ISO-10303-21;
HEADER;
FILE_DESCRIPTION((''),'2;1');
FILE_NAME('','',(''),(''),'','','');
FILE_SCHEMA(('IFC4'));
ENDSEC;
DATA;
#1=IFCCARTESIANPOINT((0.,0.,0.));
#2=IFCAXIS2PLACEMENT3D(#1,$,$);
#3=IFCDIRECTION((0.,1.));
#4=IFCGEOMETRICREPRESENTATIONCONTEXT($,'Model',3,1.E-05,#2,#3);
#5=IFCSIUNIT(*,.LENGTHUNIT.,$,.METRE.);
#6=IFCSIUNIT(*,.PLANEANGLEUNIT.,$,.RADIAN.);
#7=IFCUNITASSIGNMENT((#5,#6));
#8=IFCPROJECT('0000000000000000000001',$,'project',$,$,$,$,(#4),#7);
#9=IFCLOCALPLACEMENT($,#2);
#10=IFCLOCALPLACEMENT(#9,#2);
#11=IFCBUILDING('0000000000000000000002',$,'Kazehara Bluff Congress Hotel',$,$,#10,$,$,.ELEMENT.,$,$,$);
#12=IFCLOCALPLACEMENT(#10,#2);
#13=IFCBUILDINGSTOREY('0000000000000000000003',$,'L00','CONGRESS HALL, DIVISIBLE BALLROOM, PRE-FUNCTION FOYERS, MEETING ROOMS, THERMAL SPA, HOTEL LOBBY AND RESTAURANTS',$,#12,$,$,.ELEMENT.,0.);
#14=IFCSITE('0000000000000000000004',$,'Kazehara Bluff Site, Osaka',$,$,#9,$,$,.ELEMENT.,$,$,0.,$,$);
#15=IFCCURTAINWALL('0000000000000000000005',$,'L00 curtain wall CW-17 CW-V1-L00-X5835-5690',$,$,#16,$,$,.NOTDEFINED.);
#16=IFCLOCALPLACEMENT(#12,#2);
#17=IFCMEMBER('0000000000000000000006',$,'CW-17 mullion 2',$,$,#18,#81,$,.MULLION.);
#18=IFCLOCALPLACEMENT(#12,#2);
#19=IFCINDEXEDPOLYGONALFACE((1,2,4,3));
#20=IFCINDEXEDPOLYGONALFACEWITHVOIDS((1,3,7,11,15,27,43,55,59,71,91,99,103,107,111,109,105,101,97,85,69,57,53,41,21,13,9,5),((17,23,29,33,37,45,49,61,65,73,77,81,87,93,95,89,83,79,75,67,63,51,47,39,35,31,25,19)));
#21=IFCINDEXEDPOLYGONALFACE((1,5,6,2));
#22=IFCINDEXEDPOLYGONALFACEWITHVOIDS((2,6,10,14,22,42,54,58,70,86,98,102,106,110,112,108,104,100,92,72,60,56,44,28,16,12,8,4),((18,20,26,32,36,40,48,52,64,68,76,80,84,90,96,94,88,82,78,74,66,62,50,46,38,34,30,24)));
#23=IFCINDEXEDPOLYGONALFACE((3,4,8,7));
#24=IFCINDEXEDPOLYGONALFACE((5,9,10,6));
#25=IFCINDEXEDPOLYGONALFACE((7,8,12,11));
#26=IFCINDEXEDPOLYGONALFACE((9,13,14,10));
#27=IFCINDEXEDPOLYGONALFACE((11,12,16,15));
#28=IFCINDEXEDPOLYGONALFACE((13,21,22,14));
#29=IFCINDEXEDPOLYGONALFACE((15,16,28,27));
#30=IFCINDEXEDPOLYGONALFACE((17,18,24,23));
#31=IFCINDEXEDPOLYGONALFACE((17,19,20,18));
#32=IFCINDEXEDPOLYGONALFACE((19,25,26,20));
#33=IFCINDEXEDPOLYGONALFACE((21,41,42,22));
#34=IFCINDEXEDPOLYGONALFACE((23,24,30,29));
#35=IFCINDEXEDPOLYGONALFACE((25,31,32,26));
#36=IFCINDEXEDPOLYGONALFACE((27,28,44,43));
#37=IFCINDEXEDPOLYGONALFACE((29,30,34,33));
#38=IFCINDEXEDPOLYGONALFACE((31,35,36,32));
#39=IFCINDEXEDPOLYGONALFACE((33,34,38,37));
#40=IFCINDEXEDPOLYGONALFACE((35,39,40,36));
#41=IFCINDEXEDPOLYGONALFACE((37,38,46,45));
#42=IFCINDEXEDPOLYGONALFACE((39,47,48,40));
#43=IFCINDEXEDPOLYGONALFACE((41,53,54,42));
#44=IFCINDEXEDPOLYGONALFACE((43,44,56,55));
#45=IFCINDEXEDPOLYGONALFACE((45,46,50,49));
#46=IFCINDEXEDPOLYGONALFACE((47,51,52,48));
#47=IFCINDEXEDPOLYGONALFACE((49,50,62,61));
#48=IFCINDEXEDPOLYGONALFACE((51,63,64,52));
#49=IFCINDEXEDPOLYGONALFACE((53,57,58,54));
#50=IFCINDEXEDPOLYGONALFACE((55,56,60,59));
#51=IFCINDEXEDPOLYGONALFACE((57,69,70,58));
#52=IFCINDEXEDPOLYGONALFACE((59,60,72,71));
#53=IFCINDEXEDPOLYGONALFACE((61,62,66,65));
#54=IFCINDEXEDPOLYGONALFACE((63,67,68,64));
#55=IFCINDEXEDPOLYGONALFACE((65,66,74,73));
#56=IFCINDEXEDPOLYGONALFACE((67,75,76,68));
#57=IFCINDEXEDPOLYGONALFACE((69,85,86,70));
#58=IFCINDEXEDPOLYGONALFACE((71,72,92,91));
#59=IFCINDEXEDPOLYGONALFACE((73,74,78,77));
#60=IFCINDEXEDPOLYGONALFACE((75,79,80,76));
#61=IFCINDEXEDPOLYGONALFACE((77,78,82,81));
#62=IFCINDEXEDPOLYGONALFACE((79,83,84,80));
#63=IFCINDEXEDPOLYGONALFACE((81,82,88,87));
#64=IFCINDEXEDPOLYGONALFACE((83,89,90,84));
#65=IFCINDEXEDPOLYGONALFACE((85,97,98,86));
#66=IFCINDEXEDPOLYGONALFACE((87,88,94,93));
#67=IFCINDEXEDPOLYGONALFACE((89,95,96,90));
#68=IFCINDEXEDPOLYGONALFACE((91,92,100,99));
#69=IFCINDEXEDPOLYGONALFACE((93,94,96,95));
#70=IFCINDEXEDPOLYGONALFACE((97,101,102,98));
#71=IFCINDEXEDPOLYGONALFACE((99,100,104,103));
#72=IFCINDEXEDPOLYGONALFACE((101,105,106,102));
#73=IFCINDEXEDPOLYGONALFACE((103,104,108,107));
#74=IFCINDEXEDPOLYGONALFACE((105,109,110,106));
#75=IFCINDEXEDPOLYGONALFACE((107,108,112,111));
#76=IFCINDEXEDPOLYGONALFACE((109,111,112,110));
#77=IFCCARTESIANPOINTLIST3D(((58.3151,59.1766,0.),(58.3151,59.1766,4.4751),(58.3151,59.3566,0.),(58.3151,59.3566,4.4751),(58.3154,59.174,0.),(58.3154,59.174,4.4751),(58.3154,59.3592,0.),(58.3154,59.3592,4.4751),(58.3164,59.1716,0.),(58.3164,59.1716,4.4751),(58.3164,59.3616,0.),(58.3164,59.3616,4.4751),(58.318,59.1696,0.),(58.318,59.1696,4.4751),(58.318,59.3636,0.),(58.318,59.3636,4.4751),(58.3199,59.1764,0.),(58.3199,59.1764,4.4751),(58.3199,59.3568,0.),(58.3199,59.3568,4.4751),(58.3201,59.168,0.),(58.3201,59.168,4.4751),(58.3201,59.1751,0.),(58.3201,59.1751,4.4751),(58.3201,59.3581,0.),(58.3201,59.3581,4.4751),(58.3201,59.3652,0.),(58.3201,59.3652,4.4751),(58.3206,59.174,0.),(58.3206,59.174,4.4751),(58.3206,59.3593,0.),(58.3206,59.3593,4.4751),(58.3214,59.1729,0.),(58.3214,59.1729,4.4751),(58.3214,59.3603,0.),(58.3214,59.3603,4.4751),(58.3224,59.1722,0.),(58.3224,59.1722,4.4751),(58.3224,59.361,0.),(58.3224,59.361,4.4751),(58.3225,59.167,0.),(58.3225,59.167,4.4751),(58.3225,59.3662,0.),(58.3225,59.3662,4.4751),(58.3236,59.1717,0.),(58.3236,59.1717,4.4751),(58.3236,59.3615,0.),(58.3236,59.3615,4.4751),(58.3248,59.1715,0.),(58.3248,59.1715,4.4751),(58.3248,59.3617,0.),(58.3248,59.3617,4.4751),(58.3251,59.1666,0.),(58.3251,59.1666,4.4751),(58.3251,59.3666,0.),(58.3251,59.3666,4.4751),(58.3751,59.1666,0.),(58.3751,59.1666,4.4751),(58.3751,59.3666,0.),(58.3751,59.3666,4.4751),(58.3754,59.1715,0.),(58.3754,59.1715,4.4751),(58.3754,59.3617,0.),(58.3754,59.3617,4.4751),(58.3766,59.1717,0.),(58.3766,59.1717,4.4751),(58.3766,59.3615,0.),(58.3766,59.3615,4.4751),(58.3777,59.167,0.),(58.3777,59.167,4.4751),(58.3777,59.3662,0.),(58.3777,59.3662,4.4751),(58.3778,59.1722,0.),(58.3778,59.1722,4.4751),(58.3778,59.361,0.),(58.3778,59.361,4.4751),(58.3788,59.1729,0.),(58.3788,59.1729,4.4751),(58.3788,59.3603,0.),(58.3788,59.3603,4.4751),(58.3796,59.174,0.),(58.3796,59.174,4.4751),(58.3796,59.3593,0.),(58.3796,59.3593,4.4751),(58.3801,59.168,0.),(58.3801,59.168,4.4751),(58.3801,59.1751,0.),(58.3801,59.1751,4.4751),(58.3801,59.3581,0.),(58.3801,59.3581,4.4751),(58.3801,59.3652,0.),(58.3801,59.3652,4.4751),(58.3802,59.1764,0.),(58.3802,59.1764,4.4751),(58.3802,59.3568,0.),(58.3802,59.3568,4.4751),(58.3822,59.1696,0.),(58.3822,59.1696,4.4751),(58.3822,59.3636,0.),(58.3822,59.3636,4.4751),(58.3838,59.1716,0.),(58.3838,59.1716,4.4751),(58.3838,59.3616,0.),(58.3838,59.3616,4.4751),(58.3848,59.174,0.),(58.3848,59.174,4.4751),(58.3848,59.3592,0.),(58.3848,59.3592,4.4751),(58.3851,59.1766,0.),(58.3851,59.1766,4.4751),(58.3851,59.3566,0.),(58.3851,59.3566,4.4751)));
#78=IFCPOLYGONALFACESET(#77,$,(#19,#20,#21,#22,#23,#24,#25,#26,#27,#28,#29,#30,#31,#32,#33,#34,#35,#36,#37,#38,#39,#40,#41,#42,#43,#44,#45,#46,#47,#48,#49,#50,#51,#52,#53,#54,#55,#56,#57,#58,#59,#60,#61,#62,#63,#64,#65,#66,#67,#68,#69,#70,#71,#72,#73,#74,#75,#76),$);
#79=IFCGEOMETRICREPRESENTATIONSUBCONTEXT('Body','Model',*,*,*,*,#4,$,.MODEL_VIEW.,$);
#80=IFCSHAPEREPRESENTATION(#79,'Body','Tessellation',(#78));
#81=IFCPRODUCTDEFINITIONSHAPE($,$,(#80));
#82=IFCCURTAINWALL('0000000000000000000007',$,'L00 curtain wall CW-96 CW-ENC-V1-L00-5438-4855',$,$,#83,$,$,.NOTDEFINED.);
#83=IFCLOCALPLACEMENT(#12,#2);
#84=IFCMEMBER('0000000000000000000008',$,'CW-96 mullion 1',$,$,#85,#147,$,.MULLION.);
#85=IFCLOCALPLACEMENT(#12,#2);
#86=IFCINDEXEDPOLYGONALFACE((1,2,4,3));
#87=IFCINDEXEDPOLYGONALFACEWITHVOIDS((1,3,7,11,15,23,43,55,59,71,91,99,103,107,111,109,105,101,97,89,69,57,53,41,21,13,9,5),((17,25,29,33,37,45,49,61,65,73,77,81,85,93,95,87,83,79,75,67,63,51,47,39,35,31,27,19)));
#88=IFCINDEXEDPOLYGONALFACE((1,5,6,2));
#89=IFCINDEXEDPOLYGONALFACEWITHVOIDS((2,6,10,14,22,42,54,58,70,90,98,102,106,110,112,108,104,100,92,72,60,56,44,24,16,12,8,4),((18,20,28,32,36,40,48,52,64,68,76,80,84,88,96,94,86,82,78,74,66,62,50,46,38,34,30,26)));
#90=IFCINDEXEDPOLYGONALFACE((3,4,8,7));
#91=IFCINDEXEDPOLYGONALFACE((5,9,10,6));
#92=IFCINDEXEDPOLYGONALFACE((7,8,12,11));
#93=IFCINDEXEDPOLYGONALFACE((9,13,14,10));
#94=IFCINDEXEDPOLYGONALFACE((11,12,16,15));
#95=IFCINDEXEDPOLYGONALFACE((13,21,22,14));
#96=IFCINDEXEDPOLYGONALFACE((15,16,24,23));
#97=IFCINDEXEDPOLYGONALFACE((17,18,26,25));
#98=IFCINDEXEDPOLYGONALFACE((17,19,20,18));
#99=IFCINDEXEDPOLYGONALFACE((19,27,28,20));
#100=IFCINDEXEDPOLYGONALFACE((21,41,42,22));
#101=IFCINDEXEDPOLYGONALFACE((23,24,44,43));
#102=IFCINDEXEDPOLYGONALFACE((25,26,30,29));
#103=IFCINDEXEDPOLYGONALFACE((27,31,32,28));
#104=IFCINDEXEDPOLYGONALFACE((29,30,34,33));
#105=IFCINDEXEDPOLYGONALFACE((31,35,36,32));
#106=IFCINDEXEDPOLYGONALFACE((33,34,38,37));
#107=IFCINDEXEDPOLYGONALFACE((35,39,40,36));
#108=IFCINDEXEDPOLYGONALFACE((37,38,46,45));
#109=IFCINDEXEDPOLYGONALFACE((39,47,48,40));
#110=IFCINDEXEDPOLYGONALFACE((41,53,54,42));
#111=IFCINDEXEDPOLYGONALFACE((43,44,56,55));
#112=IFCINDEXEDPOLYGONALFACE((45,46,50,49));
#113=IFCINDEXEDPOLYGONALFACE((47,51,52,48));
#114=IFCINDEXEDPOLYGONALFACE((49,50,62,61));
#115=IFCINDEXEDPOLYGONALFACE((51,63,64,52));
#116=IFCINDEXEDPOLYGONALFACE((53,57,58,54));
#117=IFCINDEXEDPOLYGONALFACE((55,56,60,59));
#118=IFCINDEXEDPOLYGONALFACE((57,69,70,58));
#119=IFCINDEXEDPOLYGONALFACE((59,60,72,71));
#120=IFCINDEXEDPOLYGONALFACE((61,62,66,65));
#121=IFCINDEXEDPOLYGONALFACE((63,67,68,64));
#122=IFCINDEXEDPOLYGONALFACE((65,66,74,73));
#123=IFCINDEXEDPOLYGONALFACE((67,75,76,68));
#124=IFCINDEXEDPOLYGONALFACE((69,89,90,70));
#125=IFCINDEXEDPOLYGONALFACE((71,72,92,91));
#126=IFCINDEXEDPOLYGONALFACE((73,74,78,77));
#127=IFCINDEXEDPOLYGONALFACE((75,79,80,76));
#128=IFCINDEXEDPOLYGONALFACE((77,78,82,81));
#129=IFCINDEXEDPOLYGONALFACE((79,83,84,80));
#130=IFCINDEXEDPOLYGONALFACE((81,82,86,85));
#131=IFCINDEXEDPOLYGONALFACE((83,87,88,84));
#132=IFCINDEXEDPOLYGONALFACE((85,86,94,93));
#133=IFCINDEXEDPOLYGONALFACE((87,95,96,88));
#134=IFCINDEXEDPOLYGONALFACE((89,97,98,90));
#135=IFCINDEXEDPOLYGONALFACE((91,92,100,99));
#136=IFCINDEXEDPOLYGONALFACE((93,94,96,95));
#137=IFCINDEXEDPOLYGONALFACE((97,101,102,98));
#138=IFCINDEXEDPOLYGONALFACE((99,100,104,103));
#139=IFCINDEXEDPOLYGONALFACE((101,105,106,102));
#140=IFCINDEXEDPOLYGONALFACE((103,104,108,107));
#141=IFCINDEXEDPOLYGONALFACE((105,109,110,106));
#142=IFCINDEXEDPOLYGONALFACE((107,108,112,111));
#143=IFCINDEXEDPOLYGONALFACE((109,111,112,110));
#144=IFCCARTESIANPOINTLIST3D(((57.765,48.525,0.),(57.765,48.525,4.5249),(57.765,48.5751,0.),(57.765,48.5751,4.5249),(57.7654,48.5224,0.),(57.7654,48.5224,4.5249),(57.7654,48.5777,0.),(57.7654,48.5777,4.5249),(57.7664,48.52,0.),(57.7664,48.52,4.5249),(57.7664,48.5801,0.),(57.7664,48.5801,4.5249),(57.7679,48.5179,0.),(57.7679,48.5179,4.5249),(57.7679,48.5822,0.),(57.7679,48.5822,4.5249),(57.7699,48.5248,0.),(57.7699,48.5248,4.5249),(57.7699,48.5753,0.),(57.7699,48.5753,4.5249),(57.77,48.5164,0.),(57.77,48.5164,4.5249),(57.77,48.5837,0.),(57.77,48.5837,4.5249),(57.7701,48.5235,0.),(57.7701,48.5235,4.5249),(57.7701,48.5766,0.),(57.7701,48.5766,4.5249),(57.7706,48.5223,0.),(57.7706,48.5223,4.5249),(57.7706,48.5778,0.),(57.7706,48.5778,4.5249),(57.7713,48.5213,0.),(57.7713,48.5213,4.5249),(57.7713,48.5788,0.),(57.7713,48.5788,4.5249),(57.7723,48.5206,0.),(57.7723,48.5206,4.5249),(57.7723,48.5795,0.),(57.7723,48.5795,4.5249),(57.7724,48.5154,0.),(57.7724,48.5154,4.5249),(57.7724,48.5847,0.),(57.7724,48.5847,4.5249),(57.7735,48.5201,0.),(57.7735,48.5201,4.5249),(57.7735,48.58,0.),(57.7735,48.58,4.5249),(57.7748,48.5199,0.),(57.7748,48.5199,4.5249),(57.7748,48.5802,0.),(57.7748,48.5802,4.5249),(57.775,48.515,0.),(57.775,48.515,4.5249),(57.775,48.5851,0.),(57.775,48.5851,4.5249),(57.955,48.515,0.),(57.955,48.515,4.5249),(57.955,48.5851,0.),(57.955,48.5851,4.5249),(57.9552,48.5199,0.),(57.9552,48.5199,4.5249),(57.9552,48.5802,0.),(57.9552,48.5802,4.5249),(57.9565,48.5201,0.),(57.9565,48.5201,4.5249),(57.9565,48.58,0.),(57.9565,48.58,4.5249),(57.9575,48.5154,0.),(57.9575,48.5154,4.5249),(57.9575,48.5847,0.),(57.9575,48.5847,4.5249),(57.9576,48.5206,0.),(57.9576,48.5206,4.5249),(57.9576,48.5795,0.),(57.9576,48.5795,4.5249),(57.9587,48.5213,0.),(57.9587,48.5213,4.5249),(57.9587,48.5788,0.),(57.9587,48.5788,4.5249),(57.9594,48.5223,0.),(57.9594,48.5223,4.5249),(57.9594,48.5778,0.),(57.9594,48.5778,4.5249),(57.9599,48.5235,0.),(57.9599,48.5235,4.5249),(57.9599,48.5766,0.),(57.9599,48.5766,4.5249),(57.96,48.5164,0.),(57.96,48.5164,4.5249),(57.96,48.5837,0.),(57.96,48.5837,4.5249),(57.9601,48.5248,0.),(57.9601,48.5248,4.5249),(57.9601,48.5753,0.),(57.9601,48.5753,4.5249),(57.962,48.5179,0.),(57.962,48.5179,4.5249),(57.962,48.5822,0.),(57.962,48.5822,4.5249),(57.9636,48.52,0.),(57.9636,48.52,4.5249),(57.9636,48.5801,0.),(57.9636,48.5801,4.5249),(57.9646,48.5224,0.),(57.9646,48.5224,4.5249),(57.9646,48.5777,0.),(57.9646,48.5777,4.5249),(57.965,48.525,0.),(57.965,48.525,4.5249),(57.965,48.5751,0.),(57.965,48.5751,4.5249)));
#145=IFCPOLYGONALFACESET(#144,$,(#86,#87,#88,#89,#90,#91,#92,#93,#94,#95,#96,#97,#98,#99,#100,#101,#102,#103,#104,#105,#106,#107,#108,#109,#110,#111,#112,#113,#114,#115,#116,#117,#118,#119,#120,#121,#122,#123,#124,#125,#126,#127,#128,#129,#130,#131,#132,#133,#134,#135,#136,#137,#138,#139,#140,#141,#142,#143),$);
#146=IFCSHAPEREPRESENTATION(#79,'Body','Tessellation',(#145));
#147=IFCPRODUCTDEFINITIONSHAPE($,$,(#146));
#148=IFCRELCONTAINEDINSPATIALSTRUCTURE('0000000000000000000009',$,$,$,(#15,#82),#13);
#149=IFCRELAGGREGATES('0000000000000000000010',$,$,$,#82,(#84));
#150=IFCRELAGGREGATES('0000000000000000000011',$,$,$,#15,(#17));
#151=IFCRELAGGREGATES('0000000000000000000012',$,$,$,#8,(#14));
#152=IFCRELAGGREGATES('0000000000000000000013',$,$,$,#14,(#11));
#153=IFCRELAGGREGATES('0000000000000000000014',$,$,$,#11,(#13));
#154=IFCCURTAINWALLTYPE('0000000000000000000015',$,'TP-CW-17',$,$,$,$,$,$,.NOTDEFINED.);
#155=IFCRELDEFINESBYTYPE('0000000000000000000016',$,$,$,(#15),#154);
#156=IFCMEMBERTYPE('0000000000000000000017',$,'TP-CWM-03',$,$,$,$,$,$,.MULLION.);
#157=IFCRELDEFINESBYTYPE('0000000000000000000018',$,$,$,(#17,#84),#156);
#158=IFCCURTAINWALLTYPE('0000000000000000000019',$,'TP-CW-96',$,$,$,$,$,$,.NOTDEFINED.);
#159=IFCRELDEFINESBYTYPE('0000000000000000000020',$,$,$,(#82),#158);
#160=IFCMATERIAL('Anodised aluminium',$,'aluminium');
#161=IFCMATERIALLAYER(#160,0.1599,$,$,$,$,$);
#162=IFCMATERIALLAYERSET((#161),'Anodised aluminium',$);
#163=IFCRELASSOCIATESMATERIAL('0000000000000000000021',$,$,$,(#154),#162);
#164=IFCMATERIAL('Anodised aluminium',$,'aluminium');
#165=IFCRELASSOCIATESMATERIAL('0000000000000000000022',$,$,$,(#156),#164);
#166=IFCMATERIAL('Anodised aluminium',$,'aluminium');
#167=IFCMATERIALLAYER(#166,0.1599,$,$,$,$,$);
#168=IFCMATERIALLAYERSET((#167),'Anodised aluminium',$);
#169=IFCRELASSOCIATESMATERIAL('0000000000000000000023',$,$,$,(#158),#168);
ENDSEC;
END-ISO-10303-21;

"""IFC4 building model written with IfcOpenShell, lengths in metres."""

from ifc_helpers import new_model, si_unit, direction, frame, origin, origin_2d, place, context, subcontext, project, spatial, hollow_rectangle, extrude, material, layer, layer_set, material_profile, profile_set, type_object, element, aggregate, save


model = new_model("IFC4")

# Units and contexts
model_context = context("Model", 3, precision=1e-05, world=origin(), true_north=direction((0.0, 1.0)))
body_context = subcontext(model_context, "Body", "Model", "MODEL_VIEW")
ifc_project = project(units=[si_unit("LENGTHUNIT", "METRE"), si_unit("PLANEANGLEUNIT", "RADIAN")], contexts=[model_context])

# Site, building, storey
site_placement = place(None, origin())
site = spatial("IfcSite", under=ifc_project, at=site_placement, Name="Kazehara Bluff Site, Osaka", CompositionType="ELEMENT", RefElevation=0.0)
building_placement = place(site_placement, origin())
building = spatial("IfcBuilding", under=site, at=building_placement, Name="Kazehara Bluff Congress Hotel", CompositionType="ELEMENT")
storey_placement = place(building_placement, origin())
storey = spatial("IfcBuildingStorey", under=building, at=storey_placement, Name="L00", Description="CONGRESS HALL, DIVISIBLE BALLROOM, PRE-FUNCTION FOYERS, MEETING ROOMS, THERMAL SPA, HOTEL LOBBY AND RESTAURANTS", CompositionType="ELEMENT", Elevation=0.0)

# Curtain wall, member
ifc_material_1 = material(Name="Anodised aluminium", Category="aluminium")
ifc_layer_1 = layer(ifc_material_1, 0.1599)
ifc_layer_set_1 = layer_set([ifc_layer_1], Name="Anodised aluminium")
curtain_wall_type_1 = type_object("IfcCurtainWallType", Name="TP-CW-17", PredefinedType="NOTDEFINED", material=ifc_layer_set_1)
curtain_wall_1_placement = place(storey_placement, origin())
curtain_wall_1 = element("IfcCurtainWall", 1, at=curtain_wall_1_placement, inside=storey, type_object=curtain_wall_type_1, Name="L00 curtain wall CW-17 CW-V1-L00-X5835-5690", PredefinedType="NOTDEFINED")
ifc_material_2 = material(Name="Anodised aluminium", Category="aluminium")
ifc_material_profile_1 = material_profile(ifc_material_2, hollow_rectangle(XDim=0.0701, YDim=0.2, WallThickness=0.0049, InnerFilletRadius=0.0049, OuterFilletRadius=0.01, at=origin_2d()))
ifc_profile_set_1 = profile_set([ifc_material_profile_1], Name="Anodised aluminium")
member_type_1 = type_object("IfcMemberType", Name="TP-CWM-03", PredefinedType="MULLION", material=ifc_profile_set_1)
member_1_placement = place(storey_placement, frame((58.3501, 59.2666, 0.0), z_axis=(0.0, 0.0, 1.0), x_axis=(-1.0, 0.0, 0.0)))
member_1 = element("IfcMember", 2, at=member_1_placement, type_object=member_type_1, Name="CW-17 mullion 2", PredefinedType="MULLION", context=body_context, shape_type="SweptSolid", body=[
    extrude(hollow_rectangle(XDim=0.0701, YDim=0.2, WallThickness=0.0049, InnerFilletRadius=0.0049, OuterFilletRadius=0.01, at=origin_2d()), origin(), (0.0, 0.0, 1.0), 4.4751),
])

# Curtain wall, member
ifc_material_3 = material(Name="Anodised aluminium", Category="aluminium")
ifc_layer_2 = layer(ifc_material_3, 0.1599)
ifc_layer_set_2 = layer_set([ifc_layer_2], Name="Anodised aluminium")
curtain_wall_type_2 = type_object("IfcCurtainWallType", Name="TP-CW-96", PredefinedType="NOTDEFINED", material=ifc_layer_set_2)
curtain_wall_2_placement = place(storey_placement, origin())
curtain_wall_2 = element("IfcCurtainWall", 3, at=curtain_wall_2_placement, inside=storey, type_object=curtain_wall_type_2, Name="L00 curtain wall CW-96 CW-ENC-V1-L00-5438-4855", PredefinedType="NOTDEFINED")
member_2_placement = place(storey_placement, frame((57.865, 48.55, 0.0), z_axis=(0.0, 0.0, 1.0), x_axis=(0.0, -1.0, 0.0)))
member_2 = element("IfcMember", 4, at=member_2_placement, type_object=member_type_1, Name="CW-96 mullion 1", PredefinedType="MULLION", context=body_context, shape_type="SweptSolid", body=[
    extrude(hollow_rectangle(XDim=0.0701, YDim=0.2, WallThickness=0.0049, InnerFilletRadius=0.0049, OuterFilletRadius=0.01, at=origin_2d()), origin(), (0.0, 0.0, 1.0), 4.5249),
])

aggregate(curtain_wall_2, [member_2])

aggregate(curtain_wall_1, [member_1])

save(model, "model.ifc")
